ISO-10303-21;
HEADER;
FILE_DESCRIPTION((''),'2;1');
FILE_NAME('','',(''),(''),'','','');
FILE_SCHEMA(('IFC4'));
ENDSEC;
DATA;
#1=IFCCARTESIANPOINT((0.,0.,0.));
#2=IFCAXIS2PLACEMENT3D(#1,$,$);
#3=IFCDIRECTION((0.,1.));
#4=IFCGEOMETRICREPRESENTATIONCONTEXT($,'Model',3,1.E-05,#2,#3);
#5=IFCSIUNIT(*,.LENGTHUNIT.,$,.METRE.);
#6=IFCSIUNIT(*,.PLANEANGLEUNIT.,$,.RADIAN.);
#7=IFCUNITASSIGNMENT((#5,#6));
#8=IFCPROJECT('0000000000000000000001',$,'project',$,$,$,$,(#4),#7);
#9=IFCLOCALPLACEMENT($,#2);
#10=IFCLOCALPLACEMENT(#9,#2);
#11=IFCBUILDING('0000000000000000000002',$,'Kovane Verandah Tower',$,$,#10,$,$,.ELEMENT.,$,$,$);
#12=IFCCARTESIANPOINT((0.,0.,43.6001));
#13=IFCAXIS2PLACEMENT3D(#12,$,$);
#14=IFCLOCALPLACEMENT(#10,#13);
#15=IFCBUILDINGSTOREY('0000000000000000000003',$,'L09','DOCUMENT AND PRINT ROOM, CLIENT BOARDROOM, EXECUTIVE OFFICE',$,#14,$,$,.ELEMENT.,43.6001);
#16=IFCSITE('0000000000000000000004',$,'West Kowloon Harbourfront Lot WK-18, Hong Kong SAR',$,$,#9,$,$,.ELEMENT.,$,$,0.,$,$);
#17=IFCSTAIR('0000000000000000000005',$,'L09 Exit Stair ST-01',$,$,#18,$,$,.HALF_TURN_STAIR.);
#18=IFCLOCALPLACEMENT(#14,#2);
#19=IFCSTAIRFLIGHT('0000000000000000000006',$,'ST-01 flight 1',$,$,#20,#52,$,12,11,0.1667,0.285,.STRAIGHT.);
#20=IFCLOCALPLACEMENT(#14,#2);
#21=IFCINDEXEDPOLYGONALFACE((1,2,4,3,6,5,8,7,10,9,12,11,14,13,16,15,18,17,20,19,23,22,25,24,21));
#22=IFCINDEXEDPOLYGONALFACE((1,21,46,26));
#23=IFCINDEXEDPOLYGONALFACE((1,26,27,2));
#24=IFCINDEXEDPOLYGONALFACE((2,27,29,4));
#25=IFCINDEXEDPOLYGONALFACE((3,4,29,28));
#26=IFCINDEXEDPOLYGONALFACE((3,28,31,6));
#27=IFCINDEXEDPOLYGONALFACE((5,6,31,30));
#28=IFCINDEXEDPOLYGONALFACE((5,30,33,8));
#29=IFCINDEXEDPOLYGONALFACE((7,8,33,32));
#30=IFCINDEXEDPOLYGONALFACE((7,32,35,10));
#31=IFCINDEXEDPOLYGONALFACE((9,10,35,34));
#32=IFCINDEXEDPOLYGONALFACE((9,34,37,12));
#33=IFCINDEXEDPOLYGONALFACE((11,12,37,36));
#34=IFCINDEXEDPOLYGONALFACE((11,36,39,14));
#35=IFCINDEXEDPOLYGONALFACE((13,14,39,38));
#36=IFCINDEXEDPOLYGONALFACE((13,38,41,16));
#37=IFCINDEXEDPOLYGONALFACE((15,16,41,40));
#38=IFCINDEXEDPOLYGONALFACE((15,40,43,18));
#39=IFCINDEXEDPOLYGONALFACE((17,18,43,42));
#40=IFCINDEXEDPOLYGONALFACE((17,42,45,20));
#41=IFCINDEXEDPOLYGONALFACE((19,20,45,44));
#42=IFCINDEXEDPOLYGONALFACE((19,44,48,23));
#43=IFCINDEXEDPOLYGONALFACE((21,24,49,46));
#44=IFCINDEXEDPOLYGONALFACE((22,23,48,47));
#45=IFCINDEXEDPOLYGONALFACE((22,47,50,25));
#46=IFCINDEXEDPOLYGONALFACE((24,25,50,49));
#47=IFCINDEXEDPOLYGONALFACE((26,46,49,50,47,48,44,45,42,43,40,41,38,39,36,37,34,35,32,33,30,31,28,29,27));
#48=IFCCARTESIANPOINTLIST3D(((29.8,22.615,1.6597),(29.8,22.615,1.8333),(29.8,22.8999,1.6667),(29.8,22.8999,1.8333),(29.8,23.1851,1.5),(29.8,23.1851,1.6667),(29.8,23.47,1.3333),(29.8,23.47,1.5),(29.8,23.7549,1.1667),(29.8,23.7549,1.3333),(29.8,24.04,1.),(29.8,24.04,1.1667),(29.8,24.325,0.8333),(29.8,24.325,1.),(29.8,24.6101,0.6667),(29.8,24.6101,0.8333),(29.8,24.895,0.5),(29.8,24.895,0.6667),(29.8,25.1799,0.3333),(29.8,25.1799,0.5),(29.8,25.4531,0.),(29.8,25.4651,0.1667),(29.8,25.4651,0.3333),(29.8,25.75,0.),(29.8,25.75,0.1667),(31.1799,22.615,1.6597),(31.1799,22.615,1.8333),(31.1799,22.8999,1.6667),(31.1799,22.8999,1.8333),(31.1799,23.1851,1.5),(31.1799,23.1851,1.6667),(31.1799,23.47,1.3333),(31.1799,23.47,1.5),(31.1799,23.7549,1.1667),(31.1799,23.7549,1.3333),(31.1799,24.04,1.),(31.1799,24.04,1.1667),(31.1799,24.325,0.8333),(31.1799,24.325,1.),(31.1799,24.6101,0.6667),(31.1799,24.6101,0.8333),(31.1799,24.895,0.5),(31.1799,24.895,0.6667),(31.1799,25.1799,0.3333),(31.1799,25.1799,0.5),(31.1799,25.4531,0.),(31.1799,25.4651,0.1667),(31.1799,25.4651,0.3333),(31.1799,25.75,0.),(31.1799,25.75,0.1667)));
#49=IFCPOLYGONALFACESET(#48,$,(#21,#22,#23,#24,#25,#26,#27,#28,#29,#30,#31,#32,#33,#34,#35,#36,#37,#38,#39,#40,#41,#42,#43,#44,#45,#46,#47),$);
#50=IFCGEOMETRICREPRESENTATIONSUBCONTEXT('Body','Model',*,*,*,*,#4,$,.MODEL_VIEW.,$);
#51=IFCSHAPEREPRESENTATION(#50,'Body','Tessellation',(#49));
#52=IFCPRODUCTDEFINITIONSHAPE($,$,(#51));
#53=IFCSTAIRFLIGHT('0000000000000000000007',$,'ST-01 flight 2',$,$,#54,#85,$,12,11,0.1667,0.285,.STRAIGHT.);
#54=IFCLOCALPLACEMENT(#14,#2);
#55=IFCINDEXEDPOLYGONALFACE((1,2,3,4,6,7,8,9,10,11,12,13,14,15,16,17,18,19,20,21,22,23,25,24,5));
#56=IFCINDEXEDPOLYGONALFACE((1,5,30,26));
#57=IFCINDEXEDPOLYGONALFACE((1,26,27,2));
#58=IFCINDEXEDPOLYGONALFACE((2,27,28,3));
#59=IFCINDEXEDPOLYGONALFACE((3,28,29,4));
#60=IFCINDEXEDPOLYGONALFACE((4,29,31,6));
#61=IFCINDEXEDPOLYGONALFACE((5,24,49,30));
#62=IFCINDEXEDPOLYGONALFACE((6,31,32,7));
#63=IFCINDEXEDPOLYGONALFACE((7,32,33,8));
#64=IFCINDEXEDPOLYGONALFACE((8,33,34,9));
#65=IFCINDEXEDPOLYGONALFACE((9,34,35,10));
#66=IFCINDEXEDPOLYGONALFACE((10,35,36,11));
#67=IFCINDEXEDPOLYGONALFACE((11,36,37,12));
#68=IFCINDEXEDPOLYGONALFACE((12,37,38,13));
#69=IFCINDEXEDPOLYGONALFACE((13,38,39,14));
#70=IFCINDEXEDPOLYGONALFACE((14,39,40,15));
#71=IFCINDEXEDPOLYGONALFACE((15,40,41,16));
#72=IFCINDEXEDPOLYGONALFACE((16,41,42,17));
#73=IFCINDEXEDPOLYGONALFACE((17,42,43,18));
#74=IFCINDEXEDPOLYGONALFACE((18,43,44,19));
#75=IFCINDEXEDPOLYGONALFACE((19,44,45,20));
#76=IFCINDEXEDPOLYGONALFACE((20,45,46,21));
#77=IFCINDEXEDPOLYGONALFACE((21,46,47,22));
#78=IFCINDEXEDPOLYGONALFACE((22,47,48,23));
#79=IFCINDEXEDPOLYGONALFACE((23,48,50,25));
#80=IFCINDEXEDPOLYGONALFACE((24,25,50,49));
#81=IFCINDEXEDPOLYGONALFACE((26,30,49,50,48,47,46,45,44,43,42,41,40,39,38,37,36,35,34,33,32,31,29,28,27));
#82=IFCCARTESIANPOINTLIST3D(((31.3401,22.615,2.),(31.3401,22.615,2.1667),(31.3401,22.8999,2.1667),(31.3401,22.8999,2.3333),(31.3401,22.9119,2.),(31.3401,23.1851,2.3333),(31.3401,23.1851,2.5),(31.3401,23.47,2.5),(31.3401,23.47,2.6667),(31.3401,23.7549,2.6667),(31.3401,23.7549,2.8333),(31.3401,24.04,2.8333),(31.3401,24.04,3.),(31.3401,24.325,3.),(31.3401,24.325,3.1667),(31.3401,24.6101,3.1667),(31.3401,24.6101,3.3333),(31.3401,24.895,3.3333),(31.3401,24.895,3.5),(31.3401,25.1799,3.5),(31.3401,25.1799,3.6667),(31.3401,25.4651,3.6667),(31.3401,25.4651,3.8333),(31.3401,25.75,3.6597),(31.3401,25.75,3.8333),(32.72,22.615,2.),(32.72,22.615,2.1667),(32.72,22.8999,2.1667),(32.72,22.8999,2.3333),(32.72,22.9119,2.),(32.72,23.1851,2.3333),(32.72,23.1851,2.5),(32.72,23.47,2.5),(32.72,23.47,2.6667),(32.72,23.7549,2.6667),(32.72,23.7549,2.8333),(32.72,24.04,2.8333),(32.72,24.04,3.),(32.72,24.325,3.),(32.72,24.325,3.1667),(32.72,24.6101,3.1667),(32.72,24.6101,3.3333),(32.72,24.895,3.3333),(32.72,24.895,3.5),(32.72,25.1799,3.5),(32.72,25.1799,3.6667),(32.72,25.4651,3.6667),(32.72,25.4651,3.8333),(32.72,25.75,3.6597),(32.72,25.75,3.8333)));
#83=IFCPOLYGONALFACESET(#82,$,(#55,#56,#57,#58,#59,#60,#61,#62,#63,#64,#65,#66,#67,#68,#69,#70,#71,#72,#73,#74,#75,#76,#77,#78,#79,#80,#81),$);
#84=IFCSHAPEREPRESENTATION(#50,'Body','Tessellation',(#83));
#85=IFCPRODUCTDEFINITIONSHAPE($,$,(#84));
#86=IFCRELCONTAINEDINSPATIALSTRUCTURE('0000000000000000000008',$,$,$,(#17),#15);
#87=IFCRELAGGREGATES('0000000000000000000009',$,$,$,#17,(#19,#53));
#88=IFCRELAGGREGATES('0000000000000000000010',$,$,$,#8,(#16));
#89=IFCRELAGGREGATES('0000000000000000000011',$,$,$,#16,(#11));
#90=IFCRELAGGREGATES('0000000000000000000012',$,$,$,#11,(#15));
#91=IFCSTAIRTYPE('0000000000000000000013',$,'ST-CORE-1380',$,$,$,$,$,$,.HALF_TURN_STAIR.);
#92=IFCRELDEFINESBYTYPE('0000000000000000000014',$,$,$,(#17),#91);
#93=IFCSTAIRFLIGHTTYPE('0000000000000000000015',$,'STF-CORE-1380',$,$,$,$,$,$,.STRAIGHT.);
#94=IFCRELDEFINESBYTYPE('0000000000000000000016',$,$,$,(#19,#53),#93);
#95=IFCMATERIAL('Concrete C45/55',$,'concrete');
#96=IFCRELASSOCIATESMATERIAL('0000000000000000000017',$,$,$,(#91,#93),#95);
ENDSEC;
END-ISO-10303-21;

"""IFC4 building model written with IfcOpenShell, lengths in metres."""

from ifc_helpers import new_model, si_unit, direction, frame, origin, place, context, subcontext, project, spatial, polyline, outline, extrude, material, type_object, element, aggregate, save


model = new_model("IFC4")

# Units and contexts
model_context = context("Model", 3, precision=1e-05, world=origin(), true_north=direction((0.0, 1.0)))
body_context = subcontext(model_context, "Body", "Model", "MODEL_VIEW")
ifc_project = project(units=[si_unit("LENGTHUNIT", "METRE"), si_unit("PLANEANGLEUNIT", "RADIAN")], contexts=[model_context])

# Site, building, storey
site_placement = place(None, origin())
site = spatial("IfcSite", under=ifc_project, at=site_placement, Name="West Kowloon Harbourfront Lot WK-18, Hong Kong SAR", CompositionType="ELEMENT", RefElevation=0.0)
building_placement = place(site_placement, origin())
building = spatial("IfcBuilding", under=site, at=building_placement, Name="Kovane Verandah Tower", CompositionType="ELEMENT")
storey_placement = place(building_placement, frame((0.0, 0.0, 43.6001)))
storey = spatial("IfcBuildingStorey", under=building, at=storey_placement, Name="L09", Description="DOCUMENT AND PRINT ROOM, CLIENT BOARDROOM, EXECUTIVE OFFICE", CompositionType="ELEMENT", Elevation=43.6001)

# Shared definitions
ifc_material_1 = material(Name="Concrete C45/55", Category="concrete")

# Stair, stair flights
stair_type = type_object("IfcStairType", Name="ST-CORE-1380", PredefinedType="HALF_TURN_STAIR", material=ifc_material_1)
stair_placement = place(storey_placement, origin())
stair = element("IfcStair", 1, at=stair_placement, inside=storey, type_object=stair_type, Name="L09 Exit Stair ST-01", PredefinedType="HALF_TURN_STAIR")
stair_flight_type = type_object("IfcStairFlightType", Name="STF-CORE-1380", PredefinedType="STRAIGHT", material=ifc_material_1)
stair_flight_1_placement = place(storey_placement, frame((30.49, 25.75, 0.0), z_axis=(0.0, 0.0, 1.0), x_axis=(0.0, -1.0, 0.0)))
stair_flight_1 = element("IfcStairFlight", 2, at=stair_flight_1_placement, type_object=stair_flight_type, Name="ST-01 flight 1", NumberOfRisers=12, NumberOfTreads=11, PredefinedType="STRAIGHT", RiserHeight=0.1667, TreadLength=0.285, context=body_context, shape_type="SweptSolid", body=[
    extrude(outline(polyline([(0.0, 0.0), (0.0, 0.1667), (0.2849, 0.1667), (0.2849, 0.3333), (0.5701, 0.3333), (0.5701, 0.5), (0.855, 0.5), (0.855, 0.6667), (1.1399, 0.6667), (1.1399, 0.8333), (1.425, 0.8333), (1.425, 1.0), (1.71, 1.0), (1.71, 1.1667), (1.9951, 1.1667), (1.9951, 1.3333), (2.28, 1.3333), (2.28, 1.5), (2.5649, 1.5), (2.5649, 1.6667), (2.8501, 1.6667), (2.8501, 1.8333), (3.135, 1.8333), (3.135, 2.0), (3.135, 1.6597), (0.2969, 0.0), (0.0, 0.0)])), frame((0.0, 0.6899, 0.0), z_axis=(0.0, -1.0, 0.0), x_axis=(1.0, 0.0, 0.0)), (0.0, 0.0, 1.0), 1.3799),
])
stair_flight_2_placement = place(storey_placement, frame((32.03, 22.615, 2.0), z_axis=(0.0, 0.0, 1.0), x_axis=(0.0, 1.0, 0.0)))
stair_flight_2 = element("IfcStairFlight", 3, at=stair_flight_2_placement, type_object=stair_flight_type, Name="ST-01 flight 2", NumberOfRisers=12, NumberOfTreads=11, PredefinedType="STRAIGHT", RiserHeight=0.1667, TreadLength=0.285, context=body_context, shape_type="SweptSolid", body=[
    extrude(outline(polyline([(0.0, 0.0), (0.0, 0.1667), (0.2849, 0.1667), (0.2849, 0.3333), (0.5701, 0.3333), (0.5701, 0.5), (0.855, 0.5), (0.855, 0.6667), (1.1399, 0.6667), (1.1399, 0.8333), (1.425, 0.8333), (1.425, 1.0), (1.71, 1.0), (1.71, 1.1667), (1.9951, 1.1667), (1.9951, 1.3333), (2.28, 1.3333), (2.28, 1.5), (2.5649, 1.5), (2.5649, 1.6667), (2.8501, 1.6667), (2.8501, 1.8333), (3.135, 1.8333), (3.135, 2.0), (3.135, 1.6597), (0.2969, 0.0), (0.0, 0.0)])), frame((0.0, 0.6899, 0.0), z_axis=(0.0, -1.0, 0.0), x_axis=(1.0, 0.0, 0.0)), (0.0, 0.0, 1.0), 1.3799),
])
aggregate(stair, [stair_flight_1, stair_flight_2])

save(model, "model.ifc")
